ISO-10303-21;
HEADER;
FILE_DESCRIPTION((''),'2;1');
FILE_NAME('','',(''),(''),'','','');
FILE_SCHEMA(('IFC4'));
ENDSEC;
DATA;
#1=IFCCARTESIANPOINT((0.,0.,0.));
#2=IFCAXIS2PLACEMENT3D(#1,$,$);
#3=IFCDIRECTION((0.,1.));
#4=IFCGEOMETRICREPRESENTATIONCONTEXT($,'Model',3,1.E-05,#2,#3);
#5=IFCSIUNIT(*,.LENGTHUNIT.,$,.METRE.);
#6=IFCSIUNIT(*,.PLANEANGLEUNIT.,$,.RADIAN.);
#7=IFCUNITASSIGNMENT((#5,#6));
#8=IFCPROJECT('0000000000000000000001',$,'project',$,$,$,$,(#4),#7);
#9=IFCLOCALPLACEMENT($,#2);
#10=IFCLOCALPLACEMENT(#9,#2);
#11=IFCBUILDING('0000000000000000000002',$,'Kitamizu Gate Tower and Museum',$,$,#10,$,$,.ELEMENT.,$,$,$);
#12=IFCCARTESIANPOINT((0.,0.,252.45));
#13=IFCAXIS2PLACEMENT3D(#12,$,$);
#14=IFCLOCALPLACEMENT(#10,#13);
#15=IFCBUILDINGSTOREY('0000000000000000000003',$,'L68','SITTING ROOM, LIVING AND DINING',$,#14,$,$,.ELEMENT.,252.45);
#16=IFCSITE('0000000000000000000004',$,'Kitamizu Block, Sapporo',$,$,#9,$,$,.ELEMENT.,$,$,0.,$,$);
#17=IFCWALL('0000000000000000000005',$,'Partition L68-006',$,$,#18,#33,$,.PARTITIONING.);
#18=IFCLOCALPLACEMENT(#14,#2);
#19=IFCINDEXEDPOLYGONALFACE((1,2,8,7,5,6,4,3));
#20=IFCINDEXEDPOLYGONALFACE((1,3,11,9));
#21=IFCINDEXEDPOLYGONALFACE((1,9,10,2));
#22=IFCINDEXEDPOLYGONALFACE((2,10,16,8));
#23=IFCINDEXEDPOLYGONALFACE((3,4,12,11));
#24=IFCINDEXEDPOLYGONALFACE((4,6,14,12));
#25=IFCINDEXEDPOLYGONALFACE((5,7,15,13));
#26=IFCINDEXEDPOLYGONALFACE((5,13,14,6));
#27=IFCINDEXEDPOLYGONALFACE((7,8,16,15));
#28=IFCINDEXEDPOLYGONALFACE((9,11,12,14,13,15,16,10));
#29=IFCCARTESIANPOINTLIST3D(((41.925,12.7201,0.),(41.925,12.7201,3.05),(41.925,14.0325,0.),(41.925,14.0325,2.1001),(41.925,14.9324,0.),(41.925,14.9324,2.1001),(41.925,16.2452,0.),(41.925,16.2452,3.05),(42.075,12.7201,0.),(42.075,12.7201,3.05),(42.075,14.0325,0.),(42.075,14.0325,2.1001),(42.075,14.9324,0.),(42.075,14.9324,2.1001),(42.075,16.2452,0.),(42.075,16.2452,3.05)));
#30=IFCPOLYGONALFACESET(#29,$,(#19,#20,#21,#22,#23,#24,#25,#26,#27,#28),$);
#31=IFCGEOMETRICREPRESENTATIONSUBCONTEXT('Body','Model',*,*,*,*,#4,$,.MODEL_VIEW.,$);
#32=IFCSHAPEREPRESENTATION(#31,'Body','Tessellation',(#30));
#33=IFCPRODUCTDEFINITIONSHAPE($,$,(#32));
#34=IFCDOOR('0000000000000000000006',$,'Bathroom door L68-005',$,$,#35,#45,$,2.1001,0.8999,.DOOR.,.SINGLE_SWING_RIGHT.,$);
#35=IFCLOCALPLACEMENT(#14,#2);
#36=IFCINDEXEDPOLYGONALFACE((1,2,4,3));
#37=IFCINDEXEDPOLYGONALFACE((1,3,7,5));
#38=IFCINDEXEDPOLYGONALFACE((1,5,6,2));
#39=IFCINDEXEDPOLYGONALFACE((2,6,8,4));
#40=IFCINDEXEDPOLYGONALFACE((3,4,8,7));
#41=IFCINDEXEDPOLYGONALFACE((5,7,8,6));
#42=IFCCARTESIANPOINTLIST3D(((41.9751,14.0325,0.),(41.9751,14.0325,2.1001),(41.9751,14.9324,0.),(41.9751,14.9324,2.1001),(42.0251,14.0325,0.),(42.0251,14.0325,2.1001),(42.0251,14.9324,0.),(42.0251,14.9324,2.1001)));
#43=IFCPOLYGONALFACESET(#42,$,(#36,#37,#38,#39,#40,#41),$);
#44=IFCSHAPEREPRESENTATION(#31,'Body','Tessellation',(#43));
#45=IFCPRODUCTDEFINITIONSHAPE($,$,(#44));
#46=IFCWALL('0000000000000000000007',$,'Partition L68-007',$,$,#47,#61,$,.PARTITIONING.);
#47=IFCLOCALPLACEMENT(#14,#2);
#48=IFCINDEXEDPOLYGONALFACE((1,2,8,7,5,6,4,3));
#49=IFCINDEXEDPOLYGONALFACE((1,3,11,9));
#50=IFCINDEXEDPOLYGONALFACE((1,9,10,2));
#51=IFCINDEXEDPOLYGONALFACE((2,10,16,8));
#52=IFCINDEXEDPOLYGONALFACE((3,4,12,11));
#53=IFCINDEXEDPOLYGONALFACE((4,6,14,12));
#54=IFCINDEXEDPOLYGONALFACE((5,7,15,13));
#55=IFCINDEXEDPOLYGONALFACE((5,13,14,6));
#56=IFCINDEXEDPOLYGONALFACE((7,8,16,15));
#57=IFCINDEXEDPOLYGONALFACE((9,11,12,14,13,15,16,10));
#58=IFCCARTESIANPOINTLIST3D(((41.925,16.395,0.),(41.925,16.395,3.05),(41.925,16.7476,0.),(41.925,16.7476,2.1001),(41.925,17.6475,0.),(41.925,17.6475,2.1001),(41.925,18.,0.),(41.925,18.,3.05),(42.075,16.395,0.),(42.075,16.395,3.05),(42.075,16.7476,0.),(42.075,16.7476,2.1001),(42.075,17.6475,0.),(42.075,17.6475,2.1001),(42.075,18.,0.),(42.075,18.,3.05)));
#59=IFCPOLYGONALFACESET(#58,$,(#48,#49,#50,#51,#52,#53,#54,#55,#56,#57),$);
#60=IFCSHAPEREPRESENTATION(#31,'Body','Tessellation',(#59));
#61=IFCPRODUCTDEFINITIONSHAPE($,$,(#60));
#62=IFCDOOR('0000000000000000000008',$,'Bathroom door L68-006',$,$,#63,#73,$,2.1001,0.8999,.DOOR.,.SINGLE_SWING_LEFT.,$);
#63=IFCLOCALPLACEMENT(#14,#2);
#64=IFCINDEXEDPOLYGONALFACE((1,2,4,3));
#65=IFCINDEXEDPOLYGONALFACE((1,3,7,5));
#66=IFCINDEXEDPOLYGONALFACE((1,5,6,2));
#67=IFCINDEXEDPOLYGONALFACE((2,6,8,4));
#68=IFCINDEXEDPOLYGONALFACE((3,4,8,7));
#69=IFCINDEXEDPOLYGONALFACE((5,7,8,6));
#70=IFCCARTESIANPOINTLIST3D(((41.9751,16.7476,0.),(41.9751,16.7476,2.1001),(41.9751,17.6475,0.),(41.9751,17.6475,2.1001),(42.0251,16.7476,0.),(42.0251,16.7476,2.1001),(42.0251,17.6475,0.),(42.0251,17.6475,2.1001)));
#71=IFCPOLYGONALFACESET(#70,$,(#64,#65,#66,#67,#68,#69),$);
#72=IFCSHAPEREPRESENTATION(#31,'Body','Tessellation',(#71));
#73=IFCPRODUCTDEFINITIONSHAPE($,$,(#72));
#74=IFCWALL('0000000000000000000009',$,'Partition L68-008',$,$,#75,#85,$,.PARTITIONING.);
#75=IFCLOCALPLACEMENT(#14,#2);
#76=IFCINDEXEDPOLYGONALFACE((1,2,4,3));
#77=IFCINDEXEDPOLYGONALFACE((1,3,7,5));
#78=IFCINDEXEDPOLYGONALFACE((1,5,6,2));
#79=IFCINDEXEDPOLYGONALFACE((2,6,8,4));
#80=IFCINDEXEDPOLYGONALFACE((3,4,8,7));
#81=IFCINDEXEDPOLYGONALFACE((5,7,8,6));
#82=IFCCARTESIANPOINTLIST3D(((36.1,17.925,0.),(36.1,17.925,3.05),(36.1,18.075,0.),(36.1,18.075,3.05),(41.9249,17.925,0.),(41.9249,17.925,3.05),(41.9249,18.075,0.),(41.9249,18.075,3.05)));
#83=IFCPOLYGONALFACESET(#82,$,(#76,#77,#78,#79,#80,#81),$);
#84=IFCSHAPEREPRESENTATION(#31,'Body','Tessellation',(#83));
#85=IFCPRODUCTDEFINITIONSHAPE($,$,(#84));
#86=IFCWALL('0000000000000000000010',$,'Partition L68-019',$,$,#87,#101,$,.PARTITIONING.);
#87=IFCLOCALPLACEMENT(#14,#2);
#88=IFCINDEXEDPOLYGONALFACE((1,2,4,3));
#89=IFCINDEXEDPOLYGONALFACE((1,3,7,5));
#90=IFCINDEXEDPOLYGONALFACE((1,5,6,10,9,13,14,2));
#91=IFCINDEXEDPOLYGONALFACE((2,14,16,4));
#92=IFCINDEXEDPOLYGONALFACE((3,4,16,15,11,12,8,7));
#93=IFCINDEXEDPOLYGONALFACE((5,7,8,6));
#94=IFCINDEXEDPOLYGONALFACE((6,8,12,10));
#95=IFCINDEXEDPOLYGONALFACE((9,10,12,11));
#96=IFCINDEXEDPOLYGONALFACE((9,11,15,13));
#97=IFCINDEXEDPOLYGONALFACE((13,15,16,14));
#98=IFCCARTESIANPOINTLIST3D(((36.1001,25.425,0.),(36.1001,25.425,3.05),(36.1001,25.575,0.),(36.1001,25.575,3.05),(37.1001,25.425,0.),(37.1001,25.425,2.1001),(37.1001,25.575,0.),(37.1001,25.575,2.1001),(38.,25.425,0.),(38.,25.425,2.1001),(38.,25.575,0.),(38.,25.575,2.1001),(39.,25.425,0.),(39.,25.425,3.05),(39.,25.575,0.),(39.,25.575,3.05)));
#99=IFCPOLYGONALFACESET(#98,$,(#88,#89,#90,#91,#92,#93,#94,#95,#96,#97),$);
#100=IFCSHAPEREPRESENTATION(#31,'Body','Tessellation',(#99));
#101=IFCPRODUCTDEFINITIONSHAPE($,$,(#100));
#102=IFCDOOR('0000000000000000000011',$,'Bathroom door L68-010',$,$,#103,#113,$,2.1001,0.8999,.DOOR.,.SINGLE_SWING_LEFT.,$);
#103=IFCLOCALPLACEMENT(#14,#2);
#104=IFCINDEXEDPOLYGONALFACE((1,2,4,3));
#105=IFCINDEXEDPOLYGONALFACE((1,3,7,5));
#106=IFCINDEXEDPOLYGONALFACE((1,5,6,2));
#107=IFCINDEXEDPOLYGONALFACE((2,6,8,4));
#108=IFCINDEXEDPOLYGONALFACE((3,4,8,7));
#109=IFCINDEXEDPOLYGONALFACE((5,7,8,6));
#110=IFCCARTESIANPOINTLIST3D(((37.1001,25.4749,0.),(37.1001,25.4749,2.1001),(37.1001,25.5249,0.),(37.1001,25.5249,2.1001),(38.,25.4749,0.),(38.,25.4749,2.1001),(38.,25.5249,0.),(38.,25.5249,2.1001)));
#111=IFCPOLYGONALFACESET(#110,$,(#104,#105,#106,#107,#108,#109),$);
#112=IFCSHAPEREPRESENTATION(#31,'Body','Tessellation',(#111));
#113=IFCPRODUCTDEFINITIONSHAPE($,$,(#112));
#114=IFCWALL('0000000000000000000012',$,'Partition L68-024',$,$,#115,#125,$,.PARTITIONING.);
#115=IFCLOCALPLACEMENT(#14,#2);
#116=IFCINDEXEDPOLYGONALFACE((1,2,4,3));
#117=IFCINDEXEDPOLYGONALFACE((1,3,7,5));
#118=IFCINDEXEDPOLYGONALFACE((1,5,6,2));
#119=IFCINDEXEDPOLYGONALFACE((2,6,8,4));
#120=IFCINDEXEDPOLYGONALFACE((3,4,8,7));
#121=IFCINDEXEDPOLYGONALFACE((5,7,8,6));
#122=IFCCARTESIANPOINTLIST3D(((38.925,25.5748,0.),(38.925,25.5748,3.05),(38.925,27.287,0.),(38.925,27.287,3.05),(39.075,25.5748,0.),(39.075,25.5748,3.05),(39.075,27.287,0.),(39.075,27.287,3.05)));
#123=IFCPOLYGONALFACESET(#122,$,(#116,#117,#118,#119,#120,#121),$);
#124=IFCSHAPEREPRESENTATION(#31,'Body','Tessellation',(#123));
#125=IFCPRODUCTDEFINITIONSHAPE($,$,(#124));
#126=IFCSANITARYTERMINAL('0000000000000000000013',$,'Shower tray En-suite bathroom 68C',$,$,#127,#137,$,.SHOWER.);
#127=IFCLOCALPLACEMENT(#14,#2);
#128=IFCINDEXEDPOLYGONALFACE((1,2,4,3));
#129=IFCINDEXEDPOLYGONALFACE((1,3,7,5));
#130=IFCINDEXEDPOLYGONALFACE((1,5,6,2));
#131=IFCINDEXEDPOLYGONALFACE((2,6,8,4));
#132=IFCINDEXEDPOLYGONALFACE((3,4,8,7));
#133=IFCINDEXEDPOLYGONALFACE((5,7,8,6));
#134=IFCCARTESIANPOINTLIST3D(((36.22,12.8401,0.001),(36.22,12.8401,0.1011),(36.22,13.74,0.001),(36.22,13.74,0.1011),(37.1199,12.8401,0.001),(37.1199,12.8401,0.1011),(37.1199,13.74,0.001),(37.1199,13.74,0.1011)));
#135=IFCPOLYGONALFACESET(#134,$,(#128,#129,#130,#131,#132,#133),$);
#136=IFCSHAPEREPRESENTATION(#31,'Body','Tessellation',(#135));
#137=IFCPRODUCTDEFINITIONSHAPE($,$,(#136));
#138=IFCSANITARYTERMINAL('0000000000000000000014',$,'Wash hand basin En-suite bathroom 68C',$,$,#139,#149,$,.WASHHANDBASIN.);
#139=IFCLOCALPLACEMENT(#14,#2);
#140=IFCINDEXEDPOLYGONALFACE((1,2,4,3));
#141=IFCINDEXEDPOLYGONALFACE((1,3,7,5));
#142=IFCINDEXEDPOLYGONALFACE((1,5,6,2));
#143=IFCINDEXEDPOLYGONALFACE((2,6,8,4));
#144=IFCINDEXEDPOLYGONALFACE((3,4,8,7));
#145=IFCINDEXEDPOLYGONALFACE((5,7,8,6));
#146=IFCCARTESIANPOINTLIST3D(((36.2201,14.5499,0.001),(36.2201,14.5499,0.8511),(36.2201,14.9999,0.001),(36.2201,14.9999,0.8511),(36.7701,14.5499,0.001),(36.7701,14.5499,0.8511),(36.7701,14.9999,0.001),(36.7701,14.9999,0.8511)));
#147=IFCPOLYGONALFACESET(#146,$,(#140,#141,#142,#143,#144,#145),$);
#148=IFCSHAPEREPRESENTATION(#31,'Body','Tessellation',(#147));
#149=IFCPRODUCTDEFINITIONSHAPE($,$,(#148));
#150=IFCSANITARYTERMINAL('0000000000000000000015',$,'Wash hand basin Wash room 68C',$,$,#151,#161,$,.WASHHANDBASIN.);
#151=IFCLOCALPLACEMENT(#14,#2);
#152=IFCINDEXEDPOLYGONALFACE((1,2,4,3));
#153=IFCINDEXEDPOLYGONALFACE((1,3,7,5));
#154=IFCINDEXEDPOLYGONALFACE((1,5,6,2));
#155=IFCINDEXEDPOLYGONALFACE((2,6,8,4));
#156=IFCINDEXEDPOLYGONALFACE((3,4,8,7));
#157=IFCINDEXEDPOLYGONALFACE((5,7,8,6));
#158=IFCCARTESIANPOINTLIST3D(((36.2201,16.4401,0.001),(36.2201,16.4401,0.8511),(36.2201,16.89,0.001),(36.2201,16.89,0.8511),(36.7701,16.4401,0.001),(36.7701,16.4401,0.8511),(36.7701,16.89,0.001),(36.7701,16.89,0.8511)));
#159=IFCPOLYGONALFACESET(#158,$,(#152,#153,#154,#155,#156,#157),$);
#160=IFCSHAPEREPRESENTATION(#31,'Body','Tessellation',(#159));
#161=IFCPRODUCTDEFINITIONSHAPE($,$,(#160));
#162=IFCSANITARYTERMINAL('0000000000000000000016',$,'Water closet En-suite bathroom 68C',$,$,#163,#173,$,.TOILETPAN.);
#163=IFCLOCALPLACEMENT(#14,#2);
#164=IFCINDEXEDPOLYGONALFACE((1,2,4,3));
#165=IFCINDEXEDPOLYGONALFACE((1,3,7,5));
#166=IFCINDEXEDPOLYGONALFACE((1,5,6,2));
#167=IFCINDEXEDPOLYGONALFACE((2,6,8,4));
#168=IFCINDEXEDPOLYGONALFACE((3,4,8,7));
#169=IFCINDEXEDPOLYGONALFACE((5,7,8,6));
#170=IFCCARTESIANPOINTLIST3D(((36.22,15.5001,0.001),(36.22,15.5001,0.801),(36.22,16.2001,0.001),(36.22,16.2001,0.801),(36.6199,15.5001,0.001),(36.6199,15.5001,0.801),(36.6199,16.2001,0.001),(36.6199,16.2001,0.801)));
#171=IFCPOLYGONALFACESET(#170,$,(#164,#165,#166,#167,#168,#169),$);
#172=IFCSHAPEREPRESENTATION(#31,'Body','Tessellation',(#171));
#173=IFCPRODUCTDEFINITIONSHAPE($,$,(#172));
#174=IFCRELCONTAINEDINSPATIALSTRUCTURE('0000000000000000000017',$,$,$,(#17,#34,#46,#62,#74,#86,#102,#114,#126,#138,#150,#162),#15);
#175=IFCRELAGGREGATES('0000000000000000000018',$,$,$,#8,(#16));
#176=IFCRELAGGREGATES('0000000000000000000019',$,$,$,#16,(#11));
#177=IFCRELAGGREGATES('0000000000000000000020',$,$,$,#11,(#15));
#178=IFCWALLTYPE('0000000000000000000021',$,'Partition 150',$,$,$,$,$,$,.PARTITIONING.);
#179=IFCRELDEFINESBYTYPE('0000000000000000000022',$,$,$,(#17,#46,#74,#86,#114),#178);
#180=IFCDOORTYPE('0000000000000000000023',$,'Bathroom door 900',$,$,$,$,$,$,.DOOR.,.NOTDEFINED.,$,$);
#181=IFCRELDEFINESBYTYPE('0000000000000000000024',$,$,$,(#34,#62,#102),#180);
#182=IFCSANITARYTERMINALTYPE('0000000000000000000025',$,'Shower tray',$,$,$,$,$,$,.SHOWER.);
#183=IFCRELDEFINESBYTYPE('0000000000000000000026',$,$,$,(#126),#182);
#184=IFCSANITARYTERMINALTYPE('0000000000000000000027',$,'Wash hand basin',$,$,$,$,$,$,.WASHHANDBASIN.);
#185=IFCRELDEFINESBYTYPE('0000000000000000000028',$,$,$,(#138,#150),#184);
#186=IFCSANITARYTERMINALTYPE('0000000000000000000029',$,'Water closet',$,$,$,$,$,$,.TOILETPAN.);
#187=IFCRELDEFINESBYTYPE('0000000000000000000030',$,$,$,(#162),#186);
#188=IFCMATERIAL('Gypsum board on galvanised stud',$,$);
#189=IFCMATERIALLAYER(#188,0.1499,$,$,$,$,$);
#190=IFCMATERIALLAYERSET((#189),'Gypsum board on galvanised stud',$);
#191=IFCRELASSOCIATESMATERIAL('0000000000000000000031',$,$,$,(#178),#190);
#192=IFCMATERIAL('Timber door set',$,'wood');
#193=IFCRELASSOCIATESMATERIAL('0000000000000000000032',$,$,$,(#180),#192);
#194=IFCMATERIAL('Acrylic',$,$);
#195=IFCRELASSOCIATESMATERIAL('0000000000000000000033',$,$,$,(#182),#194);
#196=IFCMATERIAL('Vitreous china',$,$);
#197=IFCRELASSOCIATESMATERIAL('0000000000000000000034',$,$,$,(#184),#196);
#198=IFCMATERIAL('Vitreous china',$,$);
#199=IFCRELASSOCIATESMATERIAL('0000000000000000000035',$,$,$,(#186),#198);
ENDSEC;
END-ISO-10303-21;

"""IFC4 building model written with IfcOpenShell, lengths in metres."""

from ifc_helpers import new_model, si_unit, direction, frame, frame_2d, origin, origin_2d, place, context, subcontext, project, spatial, rectangle, extrude, material, layer, layer_set, type_object, element, fill, save


model = new_model("IFC4")

# Units and contexts
model_context = context("Model", 3, precision=1e-05, world=origin(), true_north=direction((0.0, 1.0)))
body_context = subcontext(model_context, "Body", "Model", "MODEL_VIEW")
ifc_project = project(units=[si_unit("LENGTHUNIT", "METRE"), si_unit("PLANEANGLEUNIT", "RADIAN")], contexts=[model_context])

# Site, building, storey
site_placement = place(None, origin())
site = spatial("IfcSite", under=ifc_project, at=site_placement, Name="Kitamizu Block, Sapporo", CompositionType="ELEMENT", RefElevation=0.0)
building_placement = place(site_placement, origin())
building = spatial("IfcBuilding", under=site, at=building_placement, Name="Kitamizu Gate Tower and Museum", CompositionType="ELEMENT")
storey_placement = place(building_placement, frame((0.0, 0.0, 252.45)))
storey = spatial("IfcBuildingStorey", under=building, at=storey_placement, Name="L68", Description="SITTING ROOM, LIVING AND DINING", CompositionType="ELEMENT", Elevation=252.45)

# Shared definitions
ifc_material_1 = material(Name="Gypsum board on galvanised stud")
ifc_layer_1 = layer(ifc_material_1, 0.1499)
ifc_layer_set_1 = layer_set([ifc_layer_1], Name="Gypsum board on galvanised stud")
wall_type_1 = type_object("IfcWallType", Name="Partition 150", PredefinedType="PARTITIONING", material=ifc_layer_set_1)

# Walls, openings, doors
wall_1_placement = place(storey_placement, frame((42.0, 12.72, 0.0), z_axis=(0.0, 0.0, 1.0), x_axis=(0.0, 1.0, 0.0)))
wall_1 = element("IfcWall", 1, at=wall_1_placement, inside=storey, type_object=wall_type_1, Name="Partition L68-006", PredefinedType="PARTITIONING", context=body_context, shape_type="SweptSolid", body=[
    extrude(rectangle(XDim=3.5251, YDim=0.1499, at=frame_2d((1.7627, 0.0))), origin(), (0.0, 0.0, 1.0), 3.05),
])
opening_1_placement = place(wall_1_placement, frame((1.3125, 0.0, 0.0)))
opening_1 = element("IfcOpeningElement", 2, at=opening_1_placement, cuts=wall_1, PredefinedType="OPENING", context=body_context, shape_type="SweptSolid", body=[
    extrude(rectangle(XDim=0.8999, YDim=2.1001, at=frame_2d((0.45, 1.05))), frame((0.0, 0.085, 0.0), z_axis=(0.0, -1.0, 0.0), x_axis=(1.0, 0.0, 0.0)), (0.0, 0.0, 1.0), 0.1699),
])
ifc_material_2 = material(Name="Timber door set", Category="wood")
door_type_1 = type_object("IfcDoorType", Name="Bathroom door 900", OperationType="NOTDEFINED", PredefinedType="DOOR", material=ifc_material_2)
door_1_placement = place(opening_1_placement, origin())
door_1 = element("IfcDoor", 3, at=door_1_placement, inside=storey, type_object=door_type_1, Name="Bathroom door L68-005", OperationType="SINGLE_SWING_RIGHT", OverallHeight=2.1001, OverallWidth=0.8999, PredefinedType="DOOR", context=body_context, shape_type="SweptSolid", body=[
    extrude(rectangle(XDim=0.8999, YDim=2.1001, at=frame_2d((0.45, 1.05))), frame((0.0, 0.0249, 0.0), z_axis=(0.0, -1.0, 0.0), x_axis=(1.0, 0.0, 0.0)), (0.0, 0.0, 1.0), 0.05),
])
fill(opening_1, door_1)
wall_2_placement = place(storey_placement, frame((42.0, 16.395, 0.0), z_axis=(0.0, 0.0, 1.0), x_axis=(0.0, 1.0, 0.0)))
wall_2 = element("IfcWall", 4, at=wall_2_placement, inside=storey, type_object=wall_type_1, Name="Partition L68-007", PredefinedType="PARTITIONING", context=body_context, shape_type="SweptSolid", body=[
    extrude(rectangle(XDim=1.605, YDim=0.1499, at=frame_2d((0.8025, 0.0))), origin(), (0.0, 0.0, 1.0), 3.05),
])
opening_2_placement = place(wall_2_placement, frame((0.3525, 0.0, 0.0)))
opening_2 = element("IfcOpeningElement", 5, at=opening_2_placement, cuts=wall_2, PredefinedType="OPENING", context=body_context, shape_type="SweptSolid", body=[
    extrude(rectangle(XDim=0.8999, YDim=2.1001, at=frame_2d((0.45, 1.05))), frame((0.0, 0.085, 0.0), z_axis=(0.0, -1.0, 0.0), x_axis=(1.0, 0.0, 0.0)), (0.0, 0.0, 1.0), 0.1699),
])
door_2_placement = place(opening_2_placement, origin())
door_2 = element("IfcDoor", 6, at=door_2_placement, inside=storey, type_object=door_type_1, Name="Bathroom door L68-006", OperationType="SINGLE_SWING_LEFT", OverallHeight=2.1001, OverallWidth=0.8999, PredefinedType="DOOR", context=body_context, shape_type="SweptSolid", body=[
    extrude(rectangle(XDim=0.8999, YDim=2.1001, at=frame_2d((0.45, 1.05))), frame((0.0, 0.0249, 0.0), z_axis=(0.0, -1.0, 0.0), x_axis=(1.0, 0.0, 0.0)), (0.0, 0.0, 1.0), 0.05),
])
fill(opening_2, door_2)

# Wall
wall_3_placement = place(storey_placement, frame((41.925, 18.0, 0.0), z_axis=(0.0, 0.0, 1.0), x_axis=(-1.0, 0.0, 0.0)))
element("IfcWall", 7, at=wall_3_placement, inside=storey, type_object=wall_type_1, Name="Partition L68-008", PredefinedType="PARTITIONING", context=body_context, shape_type="SweptSolid", body=[
    extrude(rectangle(XDim=5.825, YDim=0.1499, at=frame_2d((2.9126, 0.0))), origin(), (0.0, 0.0, 1.0), 3.05),
])

# Wall, opening, door
wall_4_placement = place(storey_placement, frame((39.0, 25.5, 0.0), z_axis=(0.0, 0.0, 1.0), x_axis=(-1.0, 0.0, 0.0)))
wall_4 = element("IfcWall", 8, at=wall_4_placement, inside=storey, type_object=wall_type_1, Name="Partition L68-019", PredefinedType="PARTITIONING", context=body_context, shape_type="SweptSolid", body=[
    extrude(rectangle(XDim=2.8999, YDim=0.1499, at=frame_2d((1.45, 0.0))), origin(), (0.0, 0.0, 1.0), 3.05),
])
opening_3_placement = place(wall_4_placement, frame((1.0, 0.0, 0.0)))
opening_3 = element("IfcOpeningElement", 9, at=opening_3_placement, cuts=wall_4, PredefinedType="OPENING", context=body_context, shape_type="SweptSolid", body=[
    extrude(rectangle(XDim=0.8999, YDim=2.1001, at=frame_2d((0.45, 1.05))), frame((0.0, 0.085, 0.0), z_axis=(0.0, -1.0, 0.0), x_axis=(1.0, 0.0, 0.0)), (0.0, 0.0, 1.0), 0.1699),
])
door_3_placement = place(opening_3_placement, frame((0.8999, 0.0, 0.0), x_axis=(-1.0, 0.0, 0.0)))
door_3 = element("IfcDoor", 10, at=door_3_placement, inside=storey, type_object=door_type_1, Name="Bathroom door L68-010", OperationType="SINGLE_SWING_LEFT", OverallHeight=2.1001, OverallWidth=0.8999, PredefinedType="DOOR", context=body_context, shape_type="SweptSolid", body=[
    extrude(rectangle(XDim=0.8999, YDim=2.1001, at=frame_2d((0.45, 1.05))), frame((0.0, 0.0249, 0.0), z_axis=(0.0, -1.0, 0.0), x_axis=(1.0, 0.0, 0.0)), (0.0, 0.0, 1.0), 0.05),
])
fill(opening_3, door_3)

# Wall
wall_5_placement = place(storey_placement, frame((39.0, 25.575, 0.0), z_axis=(0.0, 0.0, 1.0), x_axis=(0.0, 1.0, 0.0)))
element("IfcWall", 11, at=wall_5_placement, inside=storey, type_object=wall_type_1, Name="Partition L68-024", PredefinedType="PARTITIONING", context=body_context, shape_type="SweptSolid", body=[
    extrude(rectangle(XDim=1.7122, YDim=0.1499, at=frame_2d((0.856, 0.0))), origin(), (0.0, 0.0, 1.0), 3.05),
])

# Sanitary terminals
ifc_material_3 = material(Name="Acrylic")
sanitary_terminal_type_1 = type_object("IfcSanitaryTerminalType", Name="Shower tray", PredefinedType="SHOWER", material=ifc_material_3)
sanitary_terminal_1_placement = place(storey_placement, frame((36.6699, 13.29, 0.001), z_axis=(0.0, 0.0, 1.0), x_axis=(1.0, 0.0, 0.0)))
element("IfcSanitaryTerminal", 12, at=sanitary_terminal_1_placement, inside=storey, type_object=sanitary_terminal_type_1, Name="Shower tray En-suite bathroom 68C", PredefinedType="SHOWER", context=body_context, shape_type="SweptSolid", body=[
    extrude(rectangle(XDim=0.8999, YDim=0.8999, at=origin_2d()), origin(), (0.0, 0.0, 1.0), 0.1001),
])
ifc_material_4 = material(Name="Vitreous china")
sanitary_terminal_type_2 = type_object("IfcSanitaryTerminalType", Name="Wash hand basin", PredefinedType="WASHHANDBASIN", material=ifc_material_4)
for number, where, z_axis, x_axis, name in (
    (13, (36.4951, 14.7749, 0.001), (0.0, 0.0, 1.0), (1.0, 0.0, 0.0), "Wash hand basin En-suite bathroom 68C"),
    (14, (36.4951, 16.665, 0.001), (0.0, 0.0, 1.0), (1.0, 0.0, 0.0), "Wash hand basin Wash room 68C"),
):
    element("IfcSanitaryTerminal", number, at=place(storey_placement, frame(where, z_axis=z_axis, x_axis=x_axis)), inside=storey, type_object=sanitary_terminal_type_2, Name=name, PredefinedType="WASHHANDBASIN", context=body_context, shape_type="SweptSolid", body=[
        extrude(rectangle(XDim=0.55, YDim=0.45, at=origin_2d()), origin(), (0.0, 0.0, 1.0), 0.8501),
    ])
ifc_material_5 = material(Name="Vitreous china")
sanitary_terminal_type_3 = type_object("IfcSanitaryTerminalType", Name="Water closet", PredefinedType="TOILETPAN", material=ifc_material_5)
sanitary_terminal_2_placement = place(storey_placement, frame((36.4199, 15.8501, 0.001), z_axis=(0.0, 0.0, 1.0), x_axis=(1.0, 0.0, 0.0)))
element("IfcSanitaryTerminal", 15, at=sanitary_terminal_2_placement, inside=storey, type_object=sanitary_terminal_type_3, Name="Water closet En-suite bathroom 68C", PredefinedType="TOILETPAN", context=body_context, shape_type="SweptSolid", body=[
    extrude(rectangle(XDim=0.3999, YDim=0.7, at=origin_2d()), origin(), (0.0, 0.0, 1.0), 0.8),
])

save(model, "model.ifc")
